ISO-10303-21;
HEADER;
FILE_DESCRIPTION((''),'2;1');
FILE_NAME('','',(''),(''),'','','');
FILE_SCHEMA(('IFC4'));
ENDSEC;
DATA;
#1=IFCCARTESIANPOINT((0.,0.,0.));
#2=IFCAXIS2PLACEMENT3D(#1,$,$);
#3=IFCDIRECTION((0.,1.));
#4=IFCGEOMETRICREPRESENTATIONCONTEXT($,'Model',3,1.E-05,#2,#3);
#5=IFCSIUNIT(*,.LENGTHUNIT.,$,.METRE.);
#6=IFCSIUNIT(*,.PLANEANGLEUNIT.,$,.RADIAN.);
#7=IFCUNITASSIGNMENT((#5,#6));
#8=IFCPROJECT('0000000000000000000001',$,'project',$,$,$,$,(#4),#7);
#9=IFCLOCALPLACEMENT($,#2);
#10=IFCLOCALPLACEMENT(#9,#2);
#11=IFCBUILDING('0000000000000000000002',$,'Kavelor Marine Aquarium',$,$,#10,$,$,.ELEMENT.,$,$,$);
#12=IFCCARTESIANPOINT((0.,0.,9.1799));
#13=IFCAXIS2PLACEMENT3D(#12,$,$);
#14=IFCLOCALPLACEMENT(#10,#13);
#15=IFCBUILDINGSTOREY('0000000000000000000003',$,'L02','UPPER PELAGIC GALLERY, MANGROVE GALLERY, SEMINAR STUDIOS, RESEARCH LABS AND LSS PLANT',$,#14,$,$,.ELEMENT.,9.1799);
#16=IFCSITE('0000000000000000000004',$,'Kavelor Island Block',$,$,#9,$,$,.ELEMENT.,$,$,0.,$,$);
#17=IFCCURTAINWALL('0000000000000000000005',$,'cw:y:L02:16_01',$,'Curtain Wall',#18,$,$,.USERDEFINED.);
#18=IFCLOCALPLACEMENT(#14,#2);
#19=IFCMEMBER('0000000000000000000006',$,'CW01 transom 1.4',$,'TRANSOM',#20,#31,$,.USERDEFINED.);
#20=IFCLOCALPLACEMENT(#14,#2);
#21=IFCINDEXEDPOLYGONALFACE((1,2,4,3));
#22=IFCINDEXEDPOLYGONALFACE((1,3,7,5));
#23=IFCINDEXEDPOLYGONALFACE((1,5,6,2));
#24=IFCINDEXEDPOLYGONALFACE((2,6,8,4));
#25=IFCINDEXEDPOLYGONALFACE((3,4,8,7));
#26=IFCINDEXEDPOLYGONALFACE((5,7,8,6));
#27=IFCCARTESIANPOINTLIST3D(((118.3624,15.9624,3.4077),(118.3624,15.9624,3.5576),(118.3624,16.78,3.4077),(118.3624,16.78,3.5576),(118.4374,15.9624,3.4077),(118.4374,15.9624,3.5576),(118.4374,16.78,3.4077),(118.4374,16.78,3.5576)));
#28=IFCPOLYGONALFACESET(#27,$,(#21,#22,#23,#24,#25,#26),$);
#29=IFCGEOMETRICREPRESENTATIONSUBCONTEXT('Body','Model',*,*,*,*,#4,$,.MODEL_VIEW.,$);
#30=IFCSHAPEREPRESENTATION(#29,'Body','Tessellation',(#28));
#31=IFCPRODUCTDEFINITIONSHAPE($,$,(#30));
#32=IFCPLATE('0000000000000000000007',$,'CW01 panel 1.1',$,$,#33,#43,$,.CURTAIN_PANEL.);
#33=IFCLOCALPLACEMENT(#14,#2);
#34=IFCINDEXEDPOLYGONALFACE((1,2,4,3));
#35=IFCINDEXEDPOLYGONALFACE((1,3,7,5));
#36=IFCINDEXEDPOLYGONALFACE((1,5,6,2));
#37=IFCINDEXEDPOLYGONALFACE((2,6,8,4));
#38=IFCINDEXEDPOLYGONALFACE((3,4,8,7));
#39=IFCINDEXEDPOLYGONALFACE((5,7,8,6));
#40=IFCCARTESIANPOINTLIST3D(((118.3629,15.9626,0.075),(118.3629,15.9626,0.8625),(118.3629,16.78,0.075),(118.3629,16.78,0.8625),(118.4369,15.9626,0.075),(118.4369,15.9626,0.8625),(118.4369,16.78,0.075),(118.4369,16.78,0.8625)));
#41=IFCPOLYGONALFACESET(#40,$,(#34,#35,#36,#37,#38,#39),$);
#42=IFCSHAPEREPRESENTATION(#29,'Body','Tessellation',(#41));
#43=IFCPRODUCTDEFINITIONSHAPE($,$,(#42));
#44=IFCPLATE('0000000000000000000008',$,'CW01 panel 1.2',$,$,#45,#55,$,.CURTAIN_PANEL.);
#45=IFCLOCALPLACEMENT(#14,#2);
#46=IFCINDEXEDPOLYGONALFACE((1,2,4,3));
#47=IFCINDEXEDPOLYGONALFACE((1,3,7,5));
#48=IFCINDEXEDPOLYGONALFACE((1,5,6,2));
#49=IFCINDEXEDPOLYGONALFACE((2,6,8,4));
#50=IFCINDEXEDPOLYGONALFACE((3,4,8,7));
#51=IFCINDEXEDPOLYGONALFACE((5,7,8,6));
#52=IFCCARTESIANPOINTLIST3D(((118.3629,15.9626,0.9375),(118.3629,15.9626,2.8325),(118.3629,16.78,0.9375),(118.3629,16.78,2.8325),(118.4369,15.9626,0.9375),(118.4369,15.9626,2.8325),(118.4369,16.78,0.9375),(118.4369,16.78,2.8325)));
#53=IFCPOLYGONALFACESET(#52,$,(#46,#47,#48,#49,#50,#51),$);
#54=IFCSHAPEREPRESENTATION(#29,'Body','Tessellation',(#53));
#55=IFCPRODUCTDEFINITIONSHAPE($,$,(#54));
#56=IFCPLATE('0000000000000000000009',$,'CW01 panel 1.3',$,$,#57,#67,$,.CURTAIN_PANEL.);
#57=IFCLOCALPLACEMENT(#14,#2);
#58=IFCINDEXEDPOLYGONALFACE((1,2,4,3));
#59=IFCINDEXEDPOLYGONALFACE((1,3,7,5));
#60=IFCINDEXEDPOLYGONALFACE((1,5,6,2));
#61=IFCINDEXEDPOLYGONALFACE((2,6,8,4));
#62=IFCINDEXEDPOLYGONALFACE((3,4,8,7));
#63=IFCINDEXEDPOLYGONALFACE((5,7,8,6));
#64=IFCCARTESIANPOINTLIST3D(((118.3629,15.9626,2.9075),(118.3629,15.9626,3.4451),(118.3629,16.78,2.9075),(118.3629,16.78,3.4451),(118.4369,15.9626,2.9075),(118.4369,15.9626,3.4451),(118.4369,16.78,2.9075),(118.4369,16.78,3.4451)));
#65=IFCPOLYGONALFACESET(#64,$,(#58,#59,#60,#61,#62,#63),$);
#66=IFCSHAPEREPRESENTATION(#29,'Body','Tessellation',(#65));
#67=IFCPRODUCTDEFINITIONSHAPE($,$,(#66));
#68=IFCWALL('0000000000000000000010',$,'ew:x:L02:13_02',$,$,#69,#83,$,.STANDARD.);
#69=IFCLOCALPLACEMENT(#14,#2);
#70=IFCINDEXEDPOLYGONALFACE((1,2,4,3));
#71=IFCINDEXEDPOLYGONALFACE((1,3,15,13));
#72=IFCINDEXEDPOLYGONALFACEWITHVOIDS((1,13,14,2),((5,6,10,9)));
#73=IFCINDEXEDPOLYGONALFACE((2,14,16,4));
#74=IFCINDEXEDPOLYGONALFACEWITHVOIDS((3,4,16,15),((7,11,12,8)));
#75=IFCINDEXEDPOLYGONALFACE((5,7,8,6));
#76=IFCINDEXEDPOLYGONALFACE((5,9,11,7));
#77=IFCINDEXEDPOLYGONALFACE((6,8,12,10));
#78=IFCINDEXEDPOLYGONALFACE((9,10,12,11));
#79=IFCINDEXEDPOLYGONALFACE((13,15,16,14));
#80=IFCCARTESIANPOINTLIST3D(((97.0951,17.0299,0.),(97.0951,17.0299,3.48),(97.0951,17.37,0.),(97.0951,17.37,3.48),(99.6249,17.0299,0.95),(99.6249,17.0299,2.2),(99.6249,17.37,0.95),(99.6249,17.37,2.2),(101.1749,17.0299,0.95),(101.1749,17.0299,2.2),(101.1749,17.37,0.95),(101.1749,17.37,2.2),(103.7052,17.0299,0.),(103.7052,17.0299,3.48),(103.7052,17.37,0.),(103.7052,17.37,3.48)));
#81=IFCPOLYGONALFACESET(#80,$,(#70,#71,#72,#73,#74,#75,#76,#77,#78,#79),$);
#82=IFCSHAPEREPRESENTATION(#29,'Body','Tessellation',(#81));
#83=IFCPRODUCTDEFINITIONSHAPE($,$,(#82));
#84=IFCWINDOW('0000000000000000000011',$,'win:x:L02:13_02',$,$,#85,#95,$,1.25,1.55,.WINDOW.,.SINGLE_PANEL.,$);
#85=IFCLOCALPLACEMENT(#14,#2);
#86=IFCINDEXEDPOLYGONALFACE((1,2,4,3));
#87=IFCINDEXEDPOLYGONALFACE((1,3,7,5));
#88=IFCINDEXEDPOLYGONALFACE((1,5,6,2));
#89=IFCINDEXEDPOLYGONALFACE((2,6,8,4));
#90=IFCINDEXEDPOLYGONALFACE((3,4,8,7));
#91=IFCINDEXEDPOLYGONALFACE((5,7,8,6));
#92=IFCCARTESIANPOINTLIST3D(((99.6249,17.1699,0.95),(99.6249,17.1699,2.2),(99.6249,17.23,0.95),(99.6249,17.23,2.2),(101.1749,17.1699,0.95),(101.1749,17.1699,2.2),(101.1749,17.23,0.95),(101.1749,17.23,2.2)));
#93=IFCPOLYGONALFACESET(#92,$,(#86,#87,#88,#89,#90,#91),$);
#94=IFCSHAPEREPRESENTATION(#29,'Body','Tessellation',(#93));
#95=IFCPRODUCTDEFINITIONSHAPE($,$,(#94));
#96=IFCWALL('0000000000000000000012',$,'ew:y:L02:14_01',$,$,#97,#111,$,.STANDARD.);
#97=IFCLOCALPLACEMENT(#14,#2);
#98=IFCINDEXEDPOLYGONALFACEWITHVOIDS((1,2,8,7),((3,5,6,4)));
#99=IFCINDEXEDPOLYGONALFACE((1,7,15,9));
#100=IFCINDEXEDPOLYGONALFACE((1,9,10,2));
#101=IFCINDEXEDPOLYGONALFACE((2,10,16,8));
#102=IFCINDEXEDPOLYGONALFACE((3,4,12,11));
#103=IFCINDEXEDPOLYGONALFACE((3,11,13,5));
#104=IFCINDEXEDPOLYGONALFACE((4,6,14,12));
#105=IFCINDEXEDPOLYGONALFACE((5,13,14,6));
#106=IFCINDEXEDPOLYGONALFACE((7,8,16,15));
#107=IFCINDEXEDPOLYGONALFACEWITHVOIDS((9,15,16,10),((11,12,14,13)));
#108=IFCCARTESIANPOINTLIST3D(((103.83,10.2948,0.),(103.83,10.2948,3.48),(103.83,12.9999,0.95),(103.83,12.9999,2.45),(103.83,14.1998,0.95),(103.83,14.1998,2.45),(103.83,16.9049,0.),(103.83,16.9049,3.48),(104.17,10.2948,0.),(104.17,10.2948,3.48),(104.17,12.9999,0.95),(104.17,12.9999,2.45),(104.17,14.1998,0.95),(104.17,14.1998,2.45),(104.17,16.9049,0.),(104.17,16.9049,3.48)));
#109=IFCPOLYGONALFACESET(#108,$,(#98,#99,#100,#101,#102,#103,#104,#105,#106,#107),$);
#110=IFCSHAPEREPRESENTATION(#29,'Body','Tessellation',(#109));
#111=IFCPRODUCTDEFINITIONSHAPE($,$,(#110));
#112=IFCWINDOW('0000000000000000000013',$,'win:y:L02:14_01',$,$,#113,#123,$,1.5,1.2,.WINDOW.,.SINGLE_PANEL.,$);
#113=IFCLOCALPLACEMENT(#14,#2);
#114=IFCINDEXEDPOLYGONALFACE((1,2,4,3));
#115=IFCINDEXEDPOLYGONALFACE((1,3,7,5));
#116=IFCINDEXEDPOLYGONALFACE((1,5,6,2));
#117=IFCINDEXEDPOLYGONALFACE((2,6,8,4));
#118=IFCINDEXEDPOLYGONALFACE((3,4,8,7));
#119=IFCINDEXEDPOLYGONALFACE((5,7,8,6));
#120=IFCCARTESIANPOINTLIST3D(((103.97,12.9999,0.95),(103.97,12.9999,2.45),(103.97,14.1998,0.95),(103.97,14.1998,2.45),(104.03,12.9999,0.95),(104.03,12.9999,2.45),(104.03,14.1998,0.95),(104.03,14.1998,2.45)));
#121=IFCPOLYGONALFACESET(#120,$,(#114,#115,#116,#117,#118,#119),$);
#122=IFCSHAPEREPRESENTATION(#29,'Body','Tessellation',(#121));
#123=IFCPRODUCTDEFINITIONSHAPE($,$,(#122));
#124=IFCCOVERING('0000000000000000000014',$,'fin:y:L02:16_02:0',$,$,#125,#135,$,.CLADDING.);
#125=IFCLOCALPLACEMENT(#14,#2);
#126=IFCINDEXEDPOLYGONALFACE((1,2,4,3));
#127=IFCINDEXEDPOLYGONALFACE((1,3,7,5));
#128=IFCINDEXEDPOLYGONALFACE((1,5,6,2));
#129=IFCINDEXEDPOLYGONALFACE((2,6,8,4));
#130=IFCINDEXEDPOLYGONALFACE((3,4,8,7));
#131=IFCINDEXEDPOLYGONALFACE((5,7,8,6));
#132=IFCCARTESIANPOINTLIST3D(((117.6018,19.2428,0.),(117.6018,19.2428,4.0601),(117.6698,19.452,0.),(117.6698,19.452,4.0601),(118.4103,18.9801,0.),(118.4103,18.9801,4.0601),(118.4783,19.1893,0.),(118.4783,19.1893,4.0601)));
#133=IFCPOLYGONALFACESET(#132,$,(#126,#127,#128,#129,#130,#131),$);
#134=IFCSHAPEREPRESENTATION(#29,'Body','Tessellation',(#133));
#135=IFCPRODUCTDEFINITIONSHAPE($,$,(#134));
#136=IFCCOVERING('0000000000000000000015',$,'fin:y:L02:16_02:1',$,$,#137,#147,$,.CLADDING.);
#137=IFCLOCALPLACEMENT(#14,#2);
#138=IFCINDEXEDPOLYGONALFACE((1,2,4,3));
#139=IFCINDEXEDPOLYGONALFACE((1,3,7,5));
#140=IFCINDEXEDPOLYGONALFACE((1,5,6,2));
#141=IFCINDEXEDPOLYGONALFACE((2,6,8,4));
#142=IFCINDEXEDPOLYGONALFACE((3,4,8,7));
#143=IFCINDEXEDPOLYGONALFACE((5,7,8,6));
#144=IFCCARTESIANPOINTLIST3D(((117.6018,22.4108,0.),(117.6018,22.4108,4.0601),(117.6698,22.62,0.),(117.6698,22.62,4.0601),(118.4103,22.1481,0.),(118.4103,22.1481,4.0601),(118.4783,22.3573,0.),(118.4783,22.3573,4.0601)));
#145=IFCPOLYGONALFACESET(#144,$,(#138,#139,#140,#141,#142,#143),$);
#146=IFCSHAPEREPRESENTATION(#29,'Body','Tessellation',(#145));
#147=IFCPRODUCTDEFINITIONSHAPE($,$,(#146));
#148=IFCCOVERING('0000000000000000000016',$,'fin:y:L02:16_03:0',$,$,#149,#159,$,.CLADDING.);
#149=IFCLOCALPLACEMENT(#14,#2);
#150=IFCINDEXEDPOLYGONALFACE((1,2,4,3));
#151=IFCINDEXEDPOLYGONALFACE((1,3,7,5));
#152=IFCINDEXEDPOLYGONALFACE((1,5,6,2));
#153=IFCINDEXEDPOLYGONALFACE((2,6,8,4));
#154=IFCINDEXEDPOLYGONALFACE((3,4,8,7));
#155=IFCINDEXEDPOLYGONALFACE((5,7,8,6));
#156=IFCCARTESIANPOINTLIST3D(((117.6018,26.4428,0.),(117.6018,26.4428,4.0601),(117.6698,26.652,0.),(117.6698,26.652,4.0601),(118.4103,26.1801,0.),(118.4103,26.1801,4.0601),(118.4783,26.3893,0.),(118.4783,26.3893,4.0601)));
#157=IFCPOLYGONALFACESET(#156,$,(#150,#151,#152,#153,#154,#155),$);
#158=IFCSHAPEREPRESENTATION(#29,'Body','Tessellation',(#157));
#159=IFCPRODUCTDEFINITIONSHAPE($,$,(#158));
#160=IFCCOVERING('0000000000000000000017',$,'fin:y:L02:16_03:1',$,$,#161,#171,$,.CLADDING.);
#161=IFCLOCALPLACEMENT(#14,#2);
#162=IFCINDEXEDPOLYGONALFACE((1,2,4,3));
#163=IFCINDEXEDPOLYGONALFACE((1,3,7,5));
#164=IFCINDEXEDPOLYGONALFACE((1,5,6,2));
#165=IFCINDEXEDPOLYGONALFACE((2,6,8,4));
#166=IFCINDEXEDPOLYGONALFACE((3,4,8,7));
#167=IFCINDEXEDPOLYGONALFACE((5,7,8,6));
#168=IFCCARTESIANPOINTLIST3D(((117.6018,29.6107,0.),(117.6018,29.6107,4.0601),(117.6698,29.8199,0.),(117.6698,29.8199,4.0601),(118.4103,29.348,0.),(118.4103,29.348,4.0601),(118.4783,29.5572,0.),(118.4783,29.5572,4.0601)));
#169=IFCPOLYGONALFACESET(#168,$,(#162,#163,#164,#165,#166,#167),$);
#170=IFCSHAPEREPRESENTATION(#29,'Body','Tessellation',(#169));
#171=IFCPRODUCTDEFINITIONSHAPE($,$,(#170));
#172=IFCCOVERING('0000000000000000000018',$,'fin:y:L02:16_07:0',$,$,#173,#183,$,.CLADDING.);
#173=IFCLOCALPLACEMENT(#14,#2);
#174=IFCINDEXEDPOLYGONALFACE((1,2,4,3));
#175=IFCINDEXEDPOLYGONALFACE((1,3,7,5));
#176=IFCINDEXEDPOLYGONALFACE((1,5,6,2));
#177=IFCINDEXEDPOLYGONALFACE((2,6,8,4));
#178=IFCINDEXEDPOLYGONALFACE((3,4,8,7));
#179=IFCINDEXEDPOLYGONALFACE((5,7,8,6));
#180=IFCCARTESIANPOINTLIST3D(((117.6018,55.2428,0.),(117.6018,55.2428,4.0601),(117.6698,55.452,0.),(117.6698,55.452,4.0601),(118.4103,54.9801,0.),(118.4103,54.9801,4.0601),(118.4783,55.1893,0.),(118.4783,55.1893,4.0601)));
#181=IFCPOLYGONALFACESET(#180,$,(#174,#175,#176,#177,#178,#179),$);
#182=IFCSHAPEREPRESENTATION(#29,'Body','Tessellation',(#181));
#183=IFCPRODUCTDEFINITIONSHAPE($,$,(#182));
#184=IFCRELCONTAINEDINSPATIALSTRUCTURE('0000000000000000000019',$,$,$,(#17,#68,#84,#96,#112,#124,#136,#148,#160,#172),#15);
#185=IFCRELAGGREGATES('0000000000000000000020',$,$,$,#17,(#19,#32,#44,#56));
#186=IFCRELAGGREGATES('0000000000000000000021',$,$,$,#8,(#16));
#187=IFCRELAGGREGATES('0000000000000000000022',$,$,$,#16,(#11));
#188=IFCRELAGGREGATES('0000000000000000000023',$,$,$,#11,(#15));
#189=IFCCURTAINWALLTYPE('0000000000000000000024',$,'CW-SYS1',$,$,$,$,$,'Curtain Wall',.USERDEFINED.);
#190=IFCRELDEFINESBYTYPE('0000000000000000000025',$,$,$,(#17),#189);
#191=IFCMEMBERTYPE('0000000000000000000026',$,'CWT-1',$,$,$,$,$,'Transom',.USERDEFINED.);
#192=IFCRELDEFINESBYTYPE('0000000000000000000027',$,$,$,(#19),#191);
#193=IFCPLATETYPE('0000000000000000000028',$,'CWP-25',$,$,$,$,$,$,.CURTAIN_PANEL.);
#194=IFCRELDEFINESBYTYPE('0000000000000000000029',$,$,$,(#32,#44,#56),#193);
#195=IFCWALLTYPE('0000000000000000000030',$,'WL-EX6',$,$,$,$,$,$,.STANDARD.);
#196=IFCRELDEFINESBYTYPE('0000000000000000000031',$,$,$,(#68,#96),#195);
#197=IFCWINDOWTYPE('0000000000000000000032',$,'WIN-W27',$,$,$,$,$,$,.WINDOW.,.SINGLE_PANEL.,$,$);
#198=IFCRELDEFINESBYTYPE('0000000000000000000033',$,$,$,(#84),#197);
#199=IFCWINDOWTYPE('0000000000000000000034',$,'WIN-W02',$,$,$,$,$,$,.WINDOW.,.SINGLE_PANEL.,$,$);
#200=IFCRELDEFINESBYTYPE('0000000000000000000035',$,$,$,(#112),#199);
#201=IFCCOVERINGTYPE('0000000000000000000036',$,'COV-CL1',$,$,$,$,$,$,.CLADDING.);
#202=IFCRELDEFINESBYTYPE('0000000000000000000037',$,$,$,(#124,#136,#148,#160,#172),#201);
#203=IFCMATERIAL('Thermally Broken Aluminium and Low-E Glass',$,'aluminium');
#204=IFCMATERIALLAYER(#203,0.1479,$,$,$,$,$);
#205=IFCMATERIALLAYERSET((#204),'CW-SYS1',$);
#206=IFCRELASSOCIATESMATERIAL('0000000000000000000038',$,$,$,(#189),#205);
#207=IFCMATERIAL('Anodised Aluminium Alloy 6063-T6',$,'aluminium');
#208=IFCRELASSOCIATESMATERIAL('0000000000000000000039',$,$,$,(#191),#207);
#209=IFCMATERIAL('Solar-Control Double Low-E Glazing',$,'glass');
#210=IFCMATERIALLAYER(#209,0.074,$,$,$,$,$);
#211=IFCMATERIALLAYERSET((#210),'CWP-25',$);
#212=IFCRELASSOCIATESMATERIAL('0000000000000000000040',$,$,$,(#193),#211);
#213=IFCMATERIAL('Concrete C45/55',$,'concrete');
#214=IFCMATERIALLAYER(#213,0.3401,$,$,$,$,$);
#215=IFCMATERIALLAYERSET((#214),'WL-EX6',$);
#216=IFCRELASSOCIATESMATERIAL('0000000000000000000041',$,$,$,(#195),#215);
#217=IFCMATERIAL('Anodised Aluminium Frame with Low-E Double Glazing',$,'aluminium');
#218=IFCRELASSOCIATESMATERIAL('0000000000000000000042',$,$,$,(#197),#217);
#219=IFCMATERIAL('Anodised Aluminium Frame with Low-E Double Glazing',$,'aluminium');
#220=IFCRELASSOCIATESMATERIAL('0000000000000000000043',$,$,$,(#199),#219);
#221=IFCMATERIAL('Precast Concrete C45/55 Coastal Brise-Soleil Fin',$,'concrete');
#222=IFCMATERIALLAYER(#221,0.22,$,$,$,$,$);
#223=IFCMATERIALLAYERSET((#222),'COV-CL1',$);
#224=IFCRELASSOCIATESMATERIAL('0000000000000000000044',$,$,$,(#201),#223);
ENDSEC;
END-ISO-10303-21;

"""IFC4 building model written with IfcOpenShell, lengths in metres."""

from ifc_helpers import new_model, si_unit, direction, frame, frame_2d, origin, origin_2d, place, context, subcontext, project, spatial, rectangle, extrude, material, layer, layer_set, material_profile, profile_set, type_object, element, fill, aggregate, save


model = new_model("IFC4")

# Units and contexts
model_context = context("Model", 3, precision=1e-05, world=origin(), true_north=direction((0.0, 1.0)))
body_context = subcontext(model_context, "Body", "Model", "MODEL_VIEW")
ifc_project = project(units=[si_unit("LENGTHUNIT", "METRE"), si_unit("PLANEANGLEUNIT", "RADIAN")], contexts=[model_context])

# Site, building, storey
site_placement = place(None, origin())
site = spatial("IfcSite", under=ifc_project, at=site_placement, Name="Kavelor Island Block", CompositionType="ELEMENT", RefElevation=0.0)
building_placement = place(site_placement, origin())
building = spatial("IfcBuilding", under=site, at=building_placement, Name="Kavelor Marine Aquarium", CompositionType="ELEMENT")
storey_placement = place(building_placement, frame((0.0, 0.0, 9.1799)))
storey = spatial("IfcBuildingStorey", under=building, at=storey_placement, Name="L02", Description="UPPER PELAGIC GALLERY, MANGROVE GALLERY, SEMINAR STUDIOS, RESEARCH LABS AND LSS PLANT", CompositionType="ELEMENT", Elevation=9.1799)

# Curtain wall, member, plates
ifc_material_1 = material(Name="Thermally Broken Aluminium and Low-E Glass", Category="aluminium")
ifc_layer_1 = layer(ifc_material_1, 0.1479)
ifc_layer_set_1 = layer_set([ifc_layer_1], Name="CW-SYS1")
curtain_wall_type = type_object("IfcCurtainWallType", Name="CW-SYS1", ElementType="Curtain Wall", PredefinedType="USERDEFINED", material=ifc_layer_set_1)
curtain_wall_placement = place(storey_placement, origin())
curtain_wall = element("IfcCurtainWall", 1, at=curtain_wall_placement, inside=storey, type_object=curtain_wall_type, Name="cw:y:L02:16_01", ObjectType="Curtain Wall", PredefinedType="USERDEFINED")
ifc_material_2 = material(Name="Anodised Aluminium Alloy 6063-T6", Category="aluminium")
ifc_material_profile_1 = material_profile(ifc_material_2, rectangle(XDim=0.075, YDim=0.1499, at=origin_2d()), Name="CW-TRN 75x150")
ifc_profile_set_1 = profile_set([ifc_material_profile_1], Name="Anodised Aluminium Alloy 6063-T6")
member_type_1 = type_object("IfcMemberType", Name="CWT-1", ElementType="Transom", PredefinedType="USERDEFINED", material=ifc_profile_set_1)
member_1_placement = place(storey_placement, frame((118.3999, 16.78, 3.4827), z_axis=(0.0, -1.0, 0.0), x_axis=(1.0, 0.0, 0.0)))
member_1 = element("IfcMember", 2, at=member_1_placement, type_object=member_type_1, Name="CW01 transom 1.4", ObjectType="TRANSOM", PredefinedType="USERDEFINED", context=body_context, shape_type="SweptSolid", body=[
    extrude(rectangle(XDim=0.075, YDim=0.1499, at=origin_2d()), origin(), (0.0, 0.0, 1.0), 0.8176),
])
ifc_material_3 = material(Name="Solar-Control Double Low-E Glazing", Category="glass")
ifc_layer_2 = layer(ifc_material_3, 0.074)
ifc_layer_set_2 = layer_set([ifc_layer_2], Name="CWP-25")
plate_type = type_object("IfcPlateType", Name="CWP-25", PredefinedType="CURTAIN_PANEL", material=ifc_layer_set_2)
plate_1_placement = place(storey_placement, frame((118.3999, 16.3713, 0.075), z_axis=(0.0, 0.0, 1.0), x_axis=(0.0, -1.0, 0.0)))
plate_1 = element("IfcPlate", 3, at=plate_1_placement, type_object=plate_type, Name="CW01 panel 1.1", PredefinedType="CURTAIN_PANEL", context=body_context, shape_type="SweptSolid", body=[
    extrude(rectangle(XDim=0.8174, YDim=0.074, at=origin_2d()), origin(), (0.0, 0.0, 1.0), 0.7876),
])
plate_2_placement = place(storey_placement, frame((118.3999, 16.3713, 0.9375), z_axis=(0.0, 0.0, 1.0), x_axis=(0.0, -1.0, 0.0)))
plate_2 = element("IfcPlate", 4, at=plate_2_placement, type_object=plate_type, Name="CW01 panel 1.2", PredefinedType="CURTAIN_PANEL", context=body_context, shape_type="SweptSolid", body=[
    extrude(rectangle(XDim=0.8174, YDim=0.074, at=origin_2d()), origin(), (0.0, 0.0, 1.0), 1.895),
])
plate_3_placement = place(storey_placement, frame((118.3999, 16.3713, 2.9075), z_axis=(0.0, 0.0, 1.0), x_axis=(0.0, -1.0, 0.0)))
plate_3 = element("IfcPlate", 5, at=plate_3_placement, type_object=plate_type, Name="CW01 panel 1.3", PredefinedType="CURTAIN_PANEL", context=body_context, shape_type="SweptSolid", body=[
    extrude(rectangle(XDim=0.8174, YDim=0.074, at=origin_2d()), origin(), (0.0, 0.0, 1.0), 0.5376),
])
aggregate(curtain_wall, [member_1, plate_1, plate_2, plate_3])

# Walls, openings, windows
ifc_material_4 = material(Name="Concrete C45/55", Category="concrete")
ifc_layer_3 = layer(ifc_material_4, 0.3401)
ifc_layer_set_3 = layer_set([ifc_layer_3], Name="WL-EX6")
wall_type = type_object("IfcWallType", Name="WL-EX6", PredefinedType="STANDARD", material=ifc_layer_set_3)
wall_1_placement = place(storey_placement, frame((97.095, 17.2, 0.0), z_axis=(0.0, 0.0, 1.0), x_axis=(1.0, 0.0, 0.0)))
wall_1 = element("IfcWall", 6, at=wall_1_placement, inside=storey, type_object=wall_type, Name="ew:x:L02:13_02", PredefinedType="STANDARD", context=body_context, shape_type="SweptSolid", body=[
    extrude(rectangle(XDim=6.6101, YDim=0.3401, at=frame_2d((3.3052, 0.0))), origin(), (0.0, 0.0, 1.0), 3.48),
])
opening_1_placement = place(wall_1_placement, frame((2.53, 0.0, 0.95)))
opening_1 = element("IfcOpeningElement", 7, at=opening_1_placement, cuts=wall_1, PredefinedType="OPENING", context=body_context, shape_type="SweptSolid", body=[
    extrude(rectangle(XDim=1.55, YDim=1.25, at=frame_2d((0.7749, 0.625))), frame((0.0, 0.1799, 0.0), z_axis=(0.0, -1.0, 0.0), x_axis=(1.0, 0.0, 0.0)), (0.0, 0.0, 1.0), 0.3601),
])
ifc_material_5 = material(Name="Anodised Aluminium Frame with Low-E Double Glazing", Category="aluminium")
window_type_1 = type_object("IfcWindowType", Name="WIN-W27", PartitioningType="SINGLE_PANEL", PredefinedType="WINDOW", material=ifc_material_5)
window_1_placement = place(opening_1_placement, origin())
window_1 = element("IfcWindow", 8, at=window_1_placement, inside=storey, type_object=window_type_1, Name="win:x:L02:13_02", OverallHeight=1.25, OverallWidth=1.55, PartitioningType="SINGLE_PANEL", PredefinedType="WINDOW", context=body_context, shape_type="SweptSolid", body=[
    extrude(rectangle(XDim=1.55, YDim=1.25, at=frame_2d((0.7749, 0.625))), frame((0.0, 0.03, 0.0), z_axis=(0.0, -1.0, 0.0), x_axis=(1.0, 0.0, 0.0)), (0.0, 0.0, 1.0), 0.0601),
])
fill(opening_1, window_1)
wall_2_placement = place(storey_placement, frame((104.0, 16.905, 0.0), z_axis=(0.0, 0.0, 1.0), x_axis=(0.0, -1.0, 0.0)))
wall_2 = element("IfcWall", 9, at=wall_2_placement, inside=storey, type_object=wall_type, Name="ew:y:L02:14_01", PredefinedType="STANDARD", context=body_context, shape_type="SweptSolid", body=[
    extrude(rectangle(XDim=6.6101, YDim=0.3401, at=frame_2d((3.3052, 0.0))), origin(), (0.0, 0.0, 1.0), 3.48),
])
opening_2_placement = place(wall_2_placement, frame((2.7051, 0.0, 0.95)))
opening_2 = element("IfcOpeningElement", 10, at=opening_2_placement, cuts=wall_2, PredefinedType="OPENING", context=body_context, shape_type="SweptSolid", body=[
    extrude(rectangle(XDim=1.2, YDim=1.5, at=frame_2d((0.6001, 0.75))), frame((0.0, 0.1799, 0.0), z_axis=(0.0, -1.0, 0.0), x_axis=(1.0, 0.0, 0.0)), (0.0, 0.0, 1.0), 0.3601),
])
ifc_material_6 = material(Name="Anodised Aluminium Frame with Low-E Double Glazing", Category="aluminium")
window_type_2 = type_object("IfcWindowType", Name="WIN-W02", PartitioningType="SINGLE_PANEL", PredefinedType="WINDOW", material=ifc_material_6)
window_2_placement = place(opening_2_placement, origin())
window_2 = element("IfcWindow", 11, at=window_2_placement, inside=storey, type_object=window_type_2, Name="win:y:L02:14_01", OverallHeight=1.5, OverallWidth=1.2, PartitioningType="SINGLE_PANEL", PredefinedType="WINDOW", context=body_context, shape_type="SweptSolid", body=[
    extrude(rectangle(XDim=1.2, YDim=1.5, at=frame_2d((0.6001, 0.75))), frame((0.0, 0.03, 0.0), z_axis=(0.0, -1.0, 0.0), x_axis=(1.0, 0.0, 0.0)), (0.0, 0.0, 1.0), 0.0601),
])
fill(opening_2, window_2)

# Coverings
ifc_material_7 = material(Name="Precast Concrete C45/55 Coastal Brise-Soleil Fin", Category="concrete")
ifc_layer_4 = layer(ifc_material_7, 0.22)
ifc_layer_set_4 = layer_set([ifc_layer_4], Name="COV-CL1")
covering_type = type_object("IfcCoveringType", Name="COV-CL1", PredefinedType="CLADDING", material=ifc_layer_set_4)
for number, where, z_axis, x_axis, name in (
    (12, (118.04, 19.2161, 0.0), (0.0, 0.0, 1.0), (0.951057, -0.309017, 0.0), "fin:y:L02:16_02:0"),
    (13, (118.04, 22.384, 0.0), (0.0, 0.0, 1.0), (0.951057, -0.309017, 0.0), "fin:y:L02:16_02:1"),
    (14, (118.04, 26.416, 0.0), (0.0, 0.0, 1.0), (0.951057, -0.309017, 0.0), "fin:y:L02:16_03:0"),
    (15, (118.04, 29.584, 0.0), (0.0, 0.0, 1.0), (0.951057, -0.309017, 0.0), "fin:y:L02:16_03:1"),
    (16, (118.04, 55.2161, 0.0), (0.0, 0.0, 1.0), (0.951057, -0.309017, 0.0), "fin:y:L02:16_07:0"),
):
    element("IfcCovering", number, at=place(storey_placement, frame(where, z_axis=z_axis, x_axis=x_axis)), inside=storey, type_object=covering_type, Name=name, PredefinedType="CLADDING", context=body_context, shape_type="SweptSolid", body=[
        extrude(rectangle(XDim=0.8501, YDim=0.22, at=origin_2d()), origin(), (0.0, 0.0, 1.0), 4.0601),
    ])

save(model, "model.ifc")
